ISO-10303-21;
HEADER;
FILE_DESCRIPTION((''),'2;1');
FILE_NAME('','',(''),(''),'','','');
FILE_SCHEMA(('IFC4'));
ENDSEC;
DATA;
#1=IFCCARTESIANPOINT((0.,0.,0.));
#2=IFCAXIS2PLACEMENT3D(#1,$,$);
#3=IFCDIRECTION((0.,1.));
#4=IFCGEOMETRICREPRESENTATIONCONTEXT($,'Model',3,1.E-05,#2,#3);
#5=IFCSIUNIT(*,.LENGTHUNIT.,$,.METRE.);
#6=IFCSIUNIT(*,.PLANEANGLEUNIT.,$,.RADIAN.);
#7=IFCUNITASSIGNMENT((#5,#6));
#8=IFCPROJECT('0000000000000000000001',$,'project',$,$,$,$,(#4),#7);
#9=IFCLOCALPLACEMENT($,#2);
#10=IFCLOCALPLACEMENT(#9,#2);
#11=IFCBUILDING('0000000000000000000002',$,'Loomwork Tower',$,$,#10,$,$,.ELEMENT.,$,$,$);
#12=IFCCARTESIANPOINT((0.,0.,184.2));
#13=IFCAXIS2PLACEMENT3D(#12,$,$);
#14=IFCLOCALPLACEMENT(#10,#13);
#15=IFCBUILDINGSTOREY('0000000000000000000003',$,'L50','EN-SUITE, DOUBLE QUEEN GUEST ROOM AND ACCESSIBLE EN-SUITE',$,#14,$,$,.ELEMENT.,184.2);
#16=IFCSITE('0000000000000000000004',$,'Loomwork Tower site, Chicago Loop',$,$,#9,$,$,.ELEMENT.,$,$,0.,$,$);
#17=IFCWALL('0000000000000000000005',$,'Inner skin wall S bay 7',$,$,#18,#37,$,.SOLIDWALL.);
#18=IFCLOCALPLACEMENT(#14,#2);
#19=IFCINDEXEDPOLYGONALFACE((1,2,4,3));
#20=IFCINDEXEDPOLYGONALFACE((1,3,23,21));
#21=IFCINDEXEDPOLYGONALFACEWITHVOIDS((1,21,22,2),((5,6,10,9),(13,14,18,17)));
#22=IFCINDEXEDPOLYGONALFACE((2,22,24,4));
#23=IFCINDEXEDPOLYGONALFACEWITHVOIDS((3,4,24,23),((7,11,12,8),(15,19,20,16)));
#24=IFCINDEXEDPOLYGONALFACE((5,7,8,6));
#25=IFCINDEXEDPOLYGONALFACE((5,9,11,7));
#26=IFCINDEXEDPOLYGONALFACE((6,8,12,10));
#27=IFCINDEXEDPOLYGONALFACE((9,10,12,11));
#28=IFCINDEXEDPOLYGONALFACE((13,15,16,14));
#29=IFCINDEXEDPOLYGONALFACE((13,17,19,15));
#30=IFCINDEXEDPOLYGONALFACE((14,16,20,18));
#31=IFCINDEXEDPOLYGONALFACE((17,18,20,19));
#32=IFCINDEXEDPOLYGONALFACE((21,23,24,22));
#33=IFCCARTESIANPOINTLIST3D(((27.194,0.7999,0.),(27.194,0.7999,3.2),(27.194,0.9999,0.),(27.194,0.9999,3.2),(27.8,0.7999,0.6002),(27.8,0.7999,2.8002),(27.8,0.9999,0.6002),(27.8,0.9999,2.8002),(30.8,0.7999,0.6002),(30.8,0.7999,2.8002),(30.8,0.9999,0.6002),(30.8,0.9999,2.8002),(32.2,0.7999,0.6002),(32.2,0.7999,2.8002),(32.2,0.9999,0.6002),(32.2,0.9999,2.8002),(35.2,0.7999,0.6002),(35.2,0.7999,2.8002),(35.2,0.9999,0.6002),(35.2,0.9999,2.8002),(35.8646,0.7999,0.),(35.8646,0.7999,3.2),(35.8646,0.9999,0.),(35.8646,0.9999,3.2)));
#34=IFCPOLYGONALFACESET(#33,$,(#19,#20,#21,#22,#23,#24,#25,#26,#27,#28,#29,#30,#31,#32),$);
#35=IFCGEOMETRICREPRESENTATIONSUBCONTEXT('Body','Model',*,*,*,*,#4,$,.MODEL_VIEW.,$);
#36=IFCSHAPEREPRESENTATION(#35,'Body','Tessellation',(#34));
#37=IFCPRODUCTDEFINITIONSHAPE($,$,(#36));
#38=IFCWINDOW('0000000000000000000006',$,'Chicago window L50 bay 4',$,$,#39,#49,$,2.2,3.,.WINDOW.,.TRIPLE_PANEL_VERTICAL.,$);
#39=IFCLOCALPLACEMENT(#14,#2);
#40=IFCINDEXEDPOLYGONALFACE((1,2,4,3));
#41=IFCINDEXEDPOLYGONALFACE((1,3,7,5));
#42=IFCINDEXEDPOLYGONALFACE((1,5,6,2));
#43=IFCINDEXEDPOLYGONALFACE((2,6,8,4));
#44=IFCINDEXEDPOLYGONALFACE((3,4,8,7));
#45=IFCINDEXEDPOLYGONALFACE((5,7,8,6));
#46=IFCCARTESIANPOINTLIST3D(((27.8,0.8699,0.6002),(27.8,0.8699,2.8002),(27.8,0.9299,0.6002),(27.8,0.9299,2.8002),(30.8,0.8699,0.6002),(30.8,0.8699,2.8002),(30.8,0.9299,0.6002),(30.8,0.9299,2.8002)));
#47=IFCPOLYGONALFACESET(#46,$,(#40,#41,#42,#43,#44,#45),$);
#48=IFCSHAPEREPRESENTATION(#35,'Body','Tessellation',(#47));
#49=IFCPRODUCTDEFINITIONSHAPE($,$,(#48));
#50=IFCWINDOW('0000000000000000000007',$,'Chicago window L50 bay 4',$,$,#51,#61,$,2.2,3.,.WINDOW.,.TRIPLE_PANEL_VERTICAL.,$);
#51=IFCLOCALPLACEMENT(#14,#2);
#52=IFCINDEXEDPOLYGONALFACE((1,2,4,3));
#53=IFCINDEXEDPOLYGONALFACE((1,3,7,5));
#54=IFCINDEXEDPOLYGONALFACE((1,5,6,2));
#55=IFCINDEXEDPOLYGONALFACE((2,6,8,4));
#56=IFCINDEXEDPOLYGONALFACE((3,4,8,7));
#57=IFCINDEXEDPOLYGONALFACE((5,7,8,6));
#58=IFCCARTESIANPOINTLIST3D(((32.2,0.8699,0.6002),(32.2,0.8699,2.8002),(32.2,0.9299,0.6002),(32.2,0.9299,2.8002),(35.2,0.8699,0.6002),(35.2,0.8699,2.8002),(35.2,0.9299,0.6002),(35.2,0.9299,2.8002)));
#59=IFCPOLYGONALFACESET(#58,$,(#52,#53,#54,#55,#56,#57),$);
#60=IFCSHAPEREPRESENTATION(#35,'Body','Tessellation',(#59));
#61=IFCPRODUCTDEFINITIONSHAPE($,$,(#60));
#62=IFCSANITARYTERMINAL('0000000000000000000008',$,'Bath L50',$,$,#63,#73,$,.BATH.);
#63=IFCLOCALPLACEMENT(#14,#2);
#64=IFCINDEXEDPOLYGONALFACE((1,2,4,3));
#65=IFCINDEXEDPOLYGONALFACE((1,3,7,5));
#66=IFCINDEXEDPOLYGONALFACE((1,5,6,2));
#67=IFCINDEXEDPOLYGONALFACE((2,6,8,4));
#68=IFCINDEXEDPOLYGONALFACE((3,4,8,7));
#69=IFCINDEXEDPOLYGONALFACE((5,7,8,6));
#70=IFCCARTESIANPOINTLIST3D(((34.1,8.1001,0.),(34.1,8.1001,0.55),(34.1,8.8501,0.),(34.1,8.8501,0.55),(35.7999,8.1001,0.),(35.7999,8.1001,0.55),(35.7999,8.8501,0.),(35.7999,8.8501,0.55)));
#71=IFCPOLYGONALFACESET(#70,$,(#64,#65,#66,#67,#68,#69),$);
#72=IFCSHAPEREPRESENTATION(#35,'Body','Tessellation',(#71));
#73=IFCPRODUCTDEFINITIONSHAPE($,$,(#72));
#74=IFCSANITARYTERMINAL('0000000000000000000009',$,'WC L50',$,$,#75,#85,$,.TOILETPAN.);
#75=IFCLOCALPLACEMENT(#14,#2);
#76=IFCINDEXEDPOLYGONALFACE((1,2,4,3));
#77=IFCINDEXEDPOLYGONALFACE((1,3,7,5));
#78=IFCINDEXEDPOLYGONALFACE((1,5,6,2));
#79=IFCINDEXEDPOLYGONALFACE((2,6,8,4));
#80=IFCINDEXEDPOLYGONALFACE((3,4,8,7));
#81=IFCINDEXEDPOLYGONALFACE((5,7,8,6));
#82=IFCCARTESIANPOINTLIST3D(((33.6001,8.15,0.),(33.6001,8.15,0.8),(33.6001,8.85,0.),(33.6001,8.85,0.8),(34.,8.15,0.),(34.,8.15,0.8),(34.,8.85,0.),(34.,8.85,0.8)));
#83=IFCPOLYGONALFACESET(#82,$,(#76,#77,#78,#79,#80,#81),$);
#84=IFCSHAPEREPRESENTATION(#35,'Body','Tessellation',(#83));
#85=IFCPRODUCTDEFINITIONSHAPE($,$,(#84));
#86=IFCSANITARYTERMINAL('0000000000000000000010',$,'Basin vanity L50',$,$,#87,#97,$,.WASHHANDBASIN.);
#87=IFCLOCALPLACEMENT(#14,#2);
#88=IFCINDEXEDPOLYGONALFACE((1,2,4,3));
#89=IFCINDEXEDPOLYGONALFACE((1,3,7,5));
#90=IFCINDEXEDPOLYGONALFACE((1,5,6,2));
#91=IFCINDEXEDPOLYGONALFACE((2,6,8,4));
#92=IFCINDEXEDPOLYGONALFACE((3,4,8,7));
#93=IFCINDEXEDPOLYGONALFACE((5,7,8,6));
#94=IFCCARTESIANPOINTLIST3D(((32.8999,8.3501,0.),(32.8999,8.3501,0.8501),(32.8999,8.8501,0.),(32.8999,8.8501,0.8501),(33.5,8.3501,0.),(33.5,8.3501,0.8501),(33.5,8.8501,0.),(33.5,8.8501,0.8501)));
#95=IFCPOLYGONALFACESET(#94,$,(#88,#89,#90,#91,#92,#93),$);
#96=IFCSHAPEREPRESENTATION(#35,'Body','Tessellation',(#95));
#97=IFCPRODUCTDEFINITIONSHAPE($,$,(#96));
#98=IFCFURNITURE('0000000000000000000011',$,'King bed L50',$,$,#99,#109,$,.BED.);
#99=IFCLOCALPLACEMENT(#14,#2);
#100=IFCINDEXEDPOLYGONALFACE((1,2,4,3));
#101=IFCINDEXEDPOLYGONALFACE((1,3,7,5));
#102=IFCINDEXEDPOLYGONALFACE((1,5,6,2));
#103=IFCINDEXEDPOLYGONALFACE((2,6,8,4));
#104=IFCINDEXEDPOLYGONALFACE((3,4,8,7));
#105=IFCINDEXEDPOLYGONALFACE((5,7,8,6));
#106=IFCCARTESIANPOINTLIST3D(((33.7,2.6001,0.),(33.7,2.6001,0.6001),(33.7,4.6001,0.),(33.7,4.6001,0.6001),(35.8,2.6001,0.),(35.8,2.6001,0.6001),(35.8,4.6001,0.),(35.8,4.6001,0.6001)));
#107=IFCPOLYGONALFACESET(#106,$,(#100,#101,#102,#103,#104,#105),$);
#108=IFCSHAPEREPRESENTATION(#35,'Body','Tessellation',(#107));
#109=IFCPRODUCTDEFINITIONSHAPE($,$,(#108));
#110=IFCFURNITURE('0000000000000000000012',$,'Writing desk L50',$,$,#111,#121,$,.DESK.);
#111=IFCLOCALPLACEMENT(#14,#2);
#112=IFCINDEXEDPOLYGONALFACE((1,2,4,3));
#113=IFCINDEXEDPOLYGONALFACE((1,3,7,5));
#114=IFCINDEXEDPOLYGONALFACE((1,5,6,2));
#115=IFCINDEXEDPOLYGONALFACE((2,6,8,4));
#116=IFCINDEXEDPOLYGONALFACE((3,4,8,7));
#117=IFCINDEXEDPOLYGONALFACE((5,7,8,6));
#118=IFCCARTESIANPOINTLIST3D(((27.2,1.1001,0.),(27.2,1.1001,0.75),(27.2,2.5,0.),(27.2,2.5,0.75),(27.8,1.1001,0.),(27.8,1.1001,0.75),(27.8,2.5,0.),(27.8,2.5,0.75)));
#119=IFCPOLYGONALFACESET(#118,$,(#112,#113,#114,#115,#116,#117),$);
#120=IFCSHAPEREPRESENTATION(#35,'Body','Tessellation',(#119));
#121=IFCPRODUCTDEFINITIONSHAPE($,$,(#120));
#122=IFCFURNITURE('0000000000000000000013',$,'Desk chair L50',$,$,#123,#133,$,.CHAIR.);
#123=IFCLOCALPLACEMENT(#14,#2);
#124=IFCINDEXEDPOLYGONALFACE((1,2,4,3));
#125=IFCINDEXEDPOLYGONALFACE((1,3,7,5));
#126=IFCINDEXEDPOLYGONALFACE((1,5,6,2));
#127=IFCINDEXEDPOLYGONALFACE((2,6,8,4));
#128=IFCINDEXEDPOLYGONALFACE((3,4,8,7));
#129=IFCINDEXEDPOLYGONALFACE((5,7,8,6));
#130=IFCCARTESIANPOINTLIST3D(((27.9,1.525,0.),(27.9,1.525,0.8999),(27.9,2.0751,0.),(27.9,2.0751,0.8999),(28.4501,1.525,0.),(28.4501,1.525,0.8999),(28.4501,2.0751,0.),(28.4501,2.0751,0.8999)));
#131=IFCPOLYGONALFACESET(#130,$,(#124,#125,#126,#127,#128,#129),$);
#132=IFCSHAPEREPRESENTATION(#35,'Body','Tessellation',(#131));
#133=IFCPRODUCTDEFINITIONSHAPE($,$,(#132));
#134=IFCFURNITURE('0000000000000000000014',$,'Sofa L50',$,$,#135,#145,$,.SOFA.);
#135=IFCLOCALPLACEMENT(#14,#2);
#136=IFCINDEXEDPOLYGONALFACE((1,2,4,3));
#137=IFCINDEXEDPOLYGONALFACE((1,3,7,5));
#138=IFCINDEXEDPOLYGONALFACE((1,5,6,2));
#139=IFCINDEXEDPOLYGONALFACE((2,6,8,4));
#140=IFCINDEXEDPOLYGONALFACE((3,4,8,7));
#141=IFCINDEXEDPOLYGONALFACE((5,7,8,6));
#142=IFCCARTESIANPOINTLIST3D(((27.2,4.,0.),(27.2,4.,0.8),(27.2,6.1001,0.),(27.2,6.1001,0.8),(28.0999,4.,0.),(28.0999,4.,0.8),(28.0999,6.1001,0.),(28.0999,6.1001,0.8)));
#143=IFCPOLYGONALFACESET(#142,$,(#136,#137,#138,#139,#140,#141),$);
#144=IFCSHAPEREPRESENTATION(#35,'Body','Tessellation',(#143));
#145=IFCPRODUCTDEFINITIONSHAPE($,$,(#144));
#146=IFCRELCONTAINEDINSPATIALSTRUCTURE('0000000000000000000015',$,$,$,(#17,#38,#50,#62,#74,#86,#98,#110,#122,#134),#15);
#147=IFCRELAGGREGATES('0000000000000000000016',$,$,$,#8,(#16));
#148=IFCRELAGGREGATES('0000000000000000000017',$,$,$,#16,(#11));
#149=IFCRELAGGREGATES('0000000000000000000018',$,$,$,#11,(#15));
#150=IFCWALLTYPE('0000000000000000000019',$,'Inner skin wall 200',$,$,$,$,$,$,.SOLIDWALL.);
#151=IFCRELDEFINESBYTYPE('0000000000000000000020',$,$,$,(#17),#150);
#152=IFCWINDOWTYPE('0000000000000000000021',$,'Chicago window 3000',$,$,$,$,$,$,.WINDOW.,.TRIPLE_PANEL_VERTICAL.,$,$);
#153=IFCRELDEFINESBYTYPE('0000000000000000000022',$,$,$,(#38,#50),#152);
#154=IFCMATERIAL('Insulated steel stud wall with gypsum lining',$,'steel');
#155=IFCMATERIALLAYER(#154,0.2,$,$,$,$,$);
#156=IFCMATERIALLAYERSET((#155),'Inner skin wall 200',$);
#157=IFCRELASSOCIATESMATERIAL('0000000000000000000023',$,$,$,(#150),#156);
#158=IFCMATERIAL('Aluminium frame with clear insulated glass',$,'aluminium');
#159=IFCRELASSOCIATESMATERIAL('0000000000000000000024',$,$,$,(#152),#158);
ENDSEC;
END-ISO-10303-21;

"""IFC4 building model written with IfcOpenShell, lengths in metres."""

from ifc_helpers import new_model, si_unit, direction, frame, frame_2d, origin, origin_2d, place, context, subcontext, project, spatial, rectangle, extrude, material, layer, layer_set, type_object, element, fill, save


model = new_model("IFC4")

# Units and contexts
model_context = context("Model", 3, precision=1e-05, world=origin(), true_north=direction((0.0, 1.0)))
body_context = subcontext(model_context, "Body", "Model", "MODEL_VIEW")
ifc_project = project(units=[si_unit("LENGTHUNIT", "METRE"), si_unit("PLANEANGLEUNIT", "RADIAN")], contexts=[model_context])

# Site, building, storey
site_placement = place(None, origin())
site = spatial("IfcSite", under=ifc_project, at=site_placement, Name="Loomwork Tower site, Chicago Loop", CompositionType="ELEMENT", RefElevation=0.0)
building_placement = place(site_placement, origin())
building = spatial("IfcBuilding", under=site, at=building_placement, Name="Loomwork Tower", CompositionType="ELEMENT")
storey_placement = place(building_placement, frame((0.0, 0.0, 184.2)))
storey = spatial("IfcBuildingStorey", under=building, at=storey_placement, Name="L50", Description="EN-SUITE, DOUBLE QUEEN GUEST ROOM AND ACCESSIBLE EN-SUITE", CompositionType="ELEMENT", Elevation=184.2)

# Wall, openings, windows
ifc_material_1 = material(Name="Insulated steel stud wall with gypsum lining", Category="steel")
ifc_layer_1 = layer(ifc_material_1, 0.2)
ifc_layer_set_1 = layer_set([ifc_layer_1], Name="Inner skin wall 200")
wall_type_1 = type_object("IfcWallType", Name="Inner skin wall 200", PredefinedType="SOLIDWALL", material=ifc_layer_set_1)
wall_1_placement = place(storey_placement, frame((27.1938, 0.8999, 0.0), z_axis=(0.0, 0.0, 1.0), x_axis=(1.0, 0.0, 0.0)))
wall_1 = element("IfcWall", 1, at=wall_1_placement, inside=storey, type_object=wall_type_1, Name="Inner skin wall S bay 7", PredefinedType="SOLIDWALL", context=body_context, shape_type="SweptSolid", body=[
    extrude(rectangle(XDim=8.6707, YDim=0.2, at=frame_2d((4.3354, 0.0))), origin(), (0.0, 0.0, 1.0), 3.2),
])
opening_1_placement = place(wall_1_placement, frame((0.6062, 0.0, 0.6001)))
opening_1 = element("IfcOpeningElement", 2, at=opening_1_placement, cuts=wall_1, PredefinedType="OPENING", context=body_context, shape_type="SweptSolid", body=[
    extrude(rectangle(XDim=3.0, YDim=2.2, at=frame_2d((1.5, 1.1001))), frame((0.0, 0.1099, 0.0), z_axis=(0.0, -1.0, 0.0), x_axis=(1.0, 0.0, 0.0)), (0.0, 0.0, 1.0), 0.22),
])
opening_2_placement = place(wall_1_placement, frame((5.0061, 0.0, 0.6001)))
opening_2 = element("IfcOpeningElement", 3, at=opening_2_placement, cuts=wall_1, PredefinedType="OPENING", context=body_context, shape_type="SweptSolid", body=[
    extrude(rectangle(XDim=3.0, YDim=2.2, at=frame_2d((1.5, 1.1001))), frame((0.0, 0.1099, 0.0), z_axis=(0.0, -1.0, 0.0), x_axis=(1.0, 0.0, 0.0)), (0.0, 0.0, 1.0), 0.22),
])
ifc_material_2 = material(Name="Aluminium frame with clear insulated glass", Category="aluminium")
window_type = type_object("IfcWindowType", Name="Chicago window 3000", PartitioningType="TRIPLE_PANEL_VERTICAL", PredefinedType="WINDOW", material=ifc_material_2)
window_1_placement = place(opening_1_placement, origin())
window_1 = element("IfcWindow", 4, at=window_1_placement, inside=storey, type_object=window_type, Name="Chicago window L50 bay 4", OverallHeight=2.2, OverallWidth=3.0, PartitioningType="TRIPLE_PANEL_VERTICAL", PredefinedType="WINDOW", context=body_context, shape_type="SweptSolid", body=[
    extrude(rectangle(XDim=3.0, YDim=2.2, at=frame_2d((1.5, 1.1001))), frame((0.0, 0.03, 0.0), z_axis=(0.0, -1.0, 0.0), x_axis=(1.0, 0.0, 0.0)), (0.0, 0.0, 1.0), 0.0601),
])
fill(opening_1, window_1)
window_2_placement = place(opening_2_placement, origin())
window_2 = element("IfcWindow", 5, at=window_2_placement, inside=storey, type_object=window_type, Name="Chicago window L50 bay 4", OverallHeight=2.2, OverallWidth=3.0, PartitioningType="TRIPLE_PANEL_VERTICAL", PredefinedType="WINDOW", context=body_context, shape_type="SweptSolid", body=[
    extrude(rectangle(XDim=3.0, YDim=2.2, at=frame_2d((1.5, 1.1001))), frame((0.0, 0.03, 0.0), z_axis=(0.0, -1.0, 0.0), x_axis=(1.0, 0.0, 0.0)), (0.0, 0.0, 1.0), 0.0601),
])
fill(opening_2, window_2)

# Sanitary terminals
sanitary_terminal_1_placement = place(storey_placement, frame((34.95, 8.4751, 0.0), z_axis=(0.0, 0.0, 1.0), x_axis=(1.0, 0.0, 0.0)))
element("IfcSanitaryTerminal", 6, at=sanitary_terminal_1_placement, inside=storey, Name="Bath L50", PredefinedType="BATH", context=body_context, shape_type="SweptSolid", body=[
    extrude(rectangle(XDim=1.7, YDim=0.75, at=origin_2d()), origin(), (0.0, 0.0, 1.0), 0.55),
])
sanitary_terminal_2_placement = place(storey_placement, frame((33.8, 8.5, 0.0), z_axis=(0.0, 0.0, 1.0), x_axis=(1.0, 0.0, 0.0)))
element("IfcSanitaryTerminal", 7, at=sanitary_terminal_2_placement, inside=storey, Name="WC L50", PredefinedType="TOILETPAN", context=body_context, shape_type="SweptSolid", body=[
    extrude(rectangle(XDim=0.3999, YDim=0.7, at=origin_2d()), origin(), (0.0, 0.0, 1.0), 0.8),
])
sanitary_terminal_3_placement = place(storey_placement, frame((33.2, 8.6001, 0.0), z_axis=(0.0, 0.0, 1.0), x_axis=(1.0, 0.0, 0.0)))
element("IfcSanitaryTerminal", 8, at=sanitary_terminal_3_placement, inside=storey, Name="Basin vanity L50", PredefinedType="WASHHANDBASIN", context=body_context, shape_type="SweptSolid", body=[
    extrude(rectangle(XDim=0.6001, YDim=0.5, at=origin_2d()), origin(), (0.0, 0.0, 1.0), 0.8501),
])

# Furniture
furniture_1_placement = place(storey_placement, frame((34.75, 3.6001, 0.0), z_axis=(0.0, 0.0, 1.0), x_axis=(1.0, 0.0, 0.0)))
element("IfcFurniture", 9, at=furniture_1_placement, inside=storey, Name="King bed L50", PredefinedType="BED", context=body_context, shape_type="SweptSolid", body=[
    extrude(rectangle(XDim=2.1001, YDim=2.0, at=origin_2d()), origin(), (0.0, 0.0, 1.0), 0.6001),
])
furniture_2_placement = place(storey_placement, frame((27.5, 1.8, 0.0), z_axis=(0.0, 0.0, 1.0), x_axis=(1.0, 0.0, 0.0)))
element("IfcFurniture", 10, at=furniture_2_placement, inside=storey, Name="Writing desk L50", PredefinedType="DESK", context=body_context, shape_type="SweptSolid", body=[
    extrude(rectangle(XDim=0.6001, YDim=1.3999, at=origin_2d()), origin(), (0.0, 0.0, 1.0), 0.75),
])
furniture_3_placement = place(storey_placement, frame((28.175, 1.8, 0.0), z_axis=(0.0, 0.0, 1.0), x_axis=(1.0, 0.0, 0.0)))
element("IfcFurniture", 11, at=furniture_3_placement, inside=storey, Name="Desk chair L50", PredefinedType="CHAIR", context=body_context, shape_type="SweptSolid", body=[
    extrude(rectangle(XDim=0.55, YDim=0.55, at=origin_2d()), origin(), (0.0, 0.0, 1.0), 0.8999),
])
furniture_4_placement = place(storey_placement, frame((27.6499, 5.05, 0.0), z_axis=(0.0, 0.0, 1.0), x_axis=(1.0, 0.0, 0.0)))
element("IfcFurniture", 12, at=furniture_4_placement, inside=storey, Name="Sofa L50", PredefinedType="SOFA", context=body_context, shape_type="SweptSolid", body=[
    extrude(rectangle(XDim=0.8999, YDim=2.1001, at=origin_2d()), origin(), (0.0, 0.0, 1.0), 0.8),
])

save(model, "model.ifc")
